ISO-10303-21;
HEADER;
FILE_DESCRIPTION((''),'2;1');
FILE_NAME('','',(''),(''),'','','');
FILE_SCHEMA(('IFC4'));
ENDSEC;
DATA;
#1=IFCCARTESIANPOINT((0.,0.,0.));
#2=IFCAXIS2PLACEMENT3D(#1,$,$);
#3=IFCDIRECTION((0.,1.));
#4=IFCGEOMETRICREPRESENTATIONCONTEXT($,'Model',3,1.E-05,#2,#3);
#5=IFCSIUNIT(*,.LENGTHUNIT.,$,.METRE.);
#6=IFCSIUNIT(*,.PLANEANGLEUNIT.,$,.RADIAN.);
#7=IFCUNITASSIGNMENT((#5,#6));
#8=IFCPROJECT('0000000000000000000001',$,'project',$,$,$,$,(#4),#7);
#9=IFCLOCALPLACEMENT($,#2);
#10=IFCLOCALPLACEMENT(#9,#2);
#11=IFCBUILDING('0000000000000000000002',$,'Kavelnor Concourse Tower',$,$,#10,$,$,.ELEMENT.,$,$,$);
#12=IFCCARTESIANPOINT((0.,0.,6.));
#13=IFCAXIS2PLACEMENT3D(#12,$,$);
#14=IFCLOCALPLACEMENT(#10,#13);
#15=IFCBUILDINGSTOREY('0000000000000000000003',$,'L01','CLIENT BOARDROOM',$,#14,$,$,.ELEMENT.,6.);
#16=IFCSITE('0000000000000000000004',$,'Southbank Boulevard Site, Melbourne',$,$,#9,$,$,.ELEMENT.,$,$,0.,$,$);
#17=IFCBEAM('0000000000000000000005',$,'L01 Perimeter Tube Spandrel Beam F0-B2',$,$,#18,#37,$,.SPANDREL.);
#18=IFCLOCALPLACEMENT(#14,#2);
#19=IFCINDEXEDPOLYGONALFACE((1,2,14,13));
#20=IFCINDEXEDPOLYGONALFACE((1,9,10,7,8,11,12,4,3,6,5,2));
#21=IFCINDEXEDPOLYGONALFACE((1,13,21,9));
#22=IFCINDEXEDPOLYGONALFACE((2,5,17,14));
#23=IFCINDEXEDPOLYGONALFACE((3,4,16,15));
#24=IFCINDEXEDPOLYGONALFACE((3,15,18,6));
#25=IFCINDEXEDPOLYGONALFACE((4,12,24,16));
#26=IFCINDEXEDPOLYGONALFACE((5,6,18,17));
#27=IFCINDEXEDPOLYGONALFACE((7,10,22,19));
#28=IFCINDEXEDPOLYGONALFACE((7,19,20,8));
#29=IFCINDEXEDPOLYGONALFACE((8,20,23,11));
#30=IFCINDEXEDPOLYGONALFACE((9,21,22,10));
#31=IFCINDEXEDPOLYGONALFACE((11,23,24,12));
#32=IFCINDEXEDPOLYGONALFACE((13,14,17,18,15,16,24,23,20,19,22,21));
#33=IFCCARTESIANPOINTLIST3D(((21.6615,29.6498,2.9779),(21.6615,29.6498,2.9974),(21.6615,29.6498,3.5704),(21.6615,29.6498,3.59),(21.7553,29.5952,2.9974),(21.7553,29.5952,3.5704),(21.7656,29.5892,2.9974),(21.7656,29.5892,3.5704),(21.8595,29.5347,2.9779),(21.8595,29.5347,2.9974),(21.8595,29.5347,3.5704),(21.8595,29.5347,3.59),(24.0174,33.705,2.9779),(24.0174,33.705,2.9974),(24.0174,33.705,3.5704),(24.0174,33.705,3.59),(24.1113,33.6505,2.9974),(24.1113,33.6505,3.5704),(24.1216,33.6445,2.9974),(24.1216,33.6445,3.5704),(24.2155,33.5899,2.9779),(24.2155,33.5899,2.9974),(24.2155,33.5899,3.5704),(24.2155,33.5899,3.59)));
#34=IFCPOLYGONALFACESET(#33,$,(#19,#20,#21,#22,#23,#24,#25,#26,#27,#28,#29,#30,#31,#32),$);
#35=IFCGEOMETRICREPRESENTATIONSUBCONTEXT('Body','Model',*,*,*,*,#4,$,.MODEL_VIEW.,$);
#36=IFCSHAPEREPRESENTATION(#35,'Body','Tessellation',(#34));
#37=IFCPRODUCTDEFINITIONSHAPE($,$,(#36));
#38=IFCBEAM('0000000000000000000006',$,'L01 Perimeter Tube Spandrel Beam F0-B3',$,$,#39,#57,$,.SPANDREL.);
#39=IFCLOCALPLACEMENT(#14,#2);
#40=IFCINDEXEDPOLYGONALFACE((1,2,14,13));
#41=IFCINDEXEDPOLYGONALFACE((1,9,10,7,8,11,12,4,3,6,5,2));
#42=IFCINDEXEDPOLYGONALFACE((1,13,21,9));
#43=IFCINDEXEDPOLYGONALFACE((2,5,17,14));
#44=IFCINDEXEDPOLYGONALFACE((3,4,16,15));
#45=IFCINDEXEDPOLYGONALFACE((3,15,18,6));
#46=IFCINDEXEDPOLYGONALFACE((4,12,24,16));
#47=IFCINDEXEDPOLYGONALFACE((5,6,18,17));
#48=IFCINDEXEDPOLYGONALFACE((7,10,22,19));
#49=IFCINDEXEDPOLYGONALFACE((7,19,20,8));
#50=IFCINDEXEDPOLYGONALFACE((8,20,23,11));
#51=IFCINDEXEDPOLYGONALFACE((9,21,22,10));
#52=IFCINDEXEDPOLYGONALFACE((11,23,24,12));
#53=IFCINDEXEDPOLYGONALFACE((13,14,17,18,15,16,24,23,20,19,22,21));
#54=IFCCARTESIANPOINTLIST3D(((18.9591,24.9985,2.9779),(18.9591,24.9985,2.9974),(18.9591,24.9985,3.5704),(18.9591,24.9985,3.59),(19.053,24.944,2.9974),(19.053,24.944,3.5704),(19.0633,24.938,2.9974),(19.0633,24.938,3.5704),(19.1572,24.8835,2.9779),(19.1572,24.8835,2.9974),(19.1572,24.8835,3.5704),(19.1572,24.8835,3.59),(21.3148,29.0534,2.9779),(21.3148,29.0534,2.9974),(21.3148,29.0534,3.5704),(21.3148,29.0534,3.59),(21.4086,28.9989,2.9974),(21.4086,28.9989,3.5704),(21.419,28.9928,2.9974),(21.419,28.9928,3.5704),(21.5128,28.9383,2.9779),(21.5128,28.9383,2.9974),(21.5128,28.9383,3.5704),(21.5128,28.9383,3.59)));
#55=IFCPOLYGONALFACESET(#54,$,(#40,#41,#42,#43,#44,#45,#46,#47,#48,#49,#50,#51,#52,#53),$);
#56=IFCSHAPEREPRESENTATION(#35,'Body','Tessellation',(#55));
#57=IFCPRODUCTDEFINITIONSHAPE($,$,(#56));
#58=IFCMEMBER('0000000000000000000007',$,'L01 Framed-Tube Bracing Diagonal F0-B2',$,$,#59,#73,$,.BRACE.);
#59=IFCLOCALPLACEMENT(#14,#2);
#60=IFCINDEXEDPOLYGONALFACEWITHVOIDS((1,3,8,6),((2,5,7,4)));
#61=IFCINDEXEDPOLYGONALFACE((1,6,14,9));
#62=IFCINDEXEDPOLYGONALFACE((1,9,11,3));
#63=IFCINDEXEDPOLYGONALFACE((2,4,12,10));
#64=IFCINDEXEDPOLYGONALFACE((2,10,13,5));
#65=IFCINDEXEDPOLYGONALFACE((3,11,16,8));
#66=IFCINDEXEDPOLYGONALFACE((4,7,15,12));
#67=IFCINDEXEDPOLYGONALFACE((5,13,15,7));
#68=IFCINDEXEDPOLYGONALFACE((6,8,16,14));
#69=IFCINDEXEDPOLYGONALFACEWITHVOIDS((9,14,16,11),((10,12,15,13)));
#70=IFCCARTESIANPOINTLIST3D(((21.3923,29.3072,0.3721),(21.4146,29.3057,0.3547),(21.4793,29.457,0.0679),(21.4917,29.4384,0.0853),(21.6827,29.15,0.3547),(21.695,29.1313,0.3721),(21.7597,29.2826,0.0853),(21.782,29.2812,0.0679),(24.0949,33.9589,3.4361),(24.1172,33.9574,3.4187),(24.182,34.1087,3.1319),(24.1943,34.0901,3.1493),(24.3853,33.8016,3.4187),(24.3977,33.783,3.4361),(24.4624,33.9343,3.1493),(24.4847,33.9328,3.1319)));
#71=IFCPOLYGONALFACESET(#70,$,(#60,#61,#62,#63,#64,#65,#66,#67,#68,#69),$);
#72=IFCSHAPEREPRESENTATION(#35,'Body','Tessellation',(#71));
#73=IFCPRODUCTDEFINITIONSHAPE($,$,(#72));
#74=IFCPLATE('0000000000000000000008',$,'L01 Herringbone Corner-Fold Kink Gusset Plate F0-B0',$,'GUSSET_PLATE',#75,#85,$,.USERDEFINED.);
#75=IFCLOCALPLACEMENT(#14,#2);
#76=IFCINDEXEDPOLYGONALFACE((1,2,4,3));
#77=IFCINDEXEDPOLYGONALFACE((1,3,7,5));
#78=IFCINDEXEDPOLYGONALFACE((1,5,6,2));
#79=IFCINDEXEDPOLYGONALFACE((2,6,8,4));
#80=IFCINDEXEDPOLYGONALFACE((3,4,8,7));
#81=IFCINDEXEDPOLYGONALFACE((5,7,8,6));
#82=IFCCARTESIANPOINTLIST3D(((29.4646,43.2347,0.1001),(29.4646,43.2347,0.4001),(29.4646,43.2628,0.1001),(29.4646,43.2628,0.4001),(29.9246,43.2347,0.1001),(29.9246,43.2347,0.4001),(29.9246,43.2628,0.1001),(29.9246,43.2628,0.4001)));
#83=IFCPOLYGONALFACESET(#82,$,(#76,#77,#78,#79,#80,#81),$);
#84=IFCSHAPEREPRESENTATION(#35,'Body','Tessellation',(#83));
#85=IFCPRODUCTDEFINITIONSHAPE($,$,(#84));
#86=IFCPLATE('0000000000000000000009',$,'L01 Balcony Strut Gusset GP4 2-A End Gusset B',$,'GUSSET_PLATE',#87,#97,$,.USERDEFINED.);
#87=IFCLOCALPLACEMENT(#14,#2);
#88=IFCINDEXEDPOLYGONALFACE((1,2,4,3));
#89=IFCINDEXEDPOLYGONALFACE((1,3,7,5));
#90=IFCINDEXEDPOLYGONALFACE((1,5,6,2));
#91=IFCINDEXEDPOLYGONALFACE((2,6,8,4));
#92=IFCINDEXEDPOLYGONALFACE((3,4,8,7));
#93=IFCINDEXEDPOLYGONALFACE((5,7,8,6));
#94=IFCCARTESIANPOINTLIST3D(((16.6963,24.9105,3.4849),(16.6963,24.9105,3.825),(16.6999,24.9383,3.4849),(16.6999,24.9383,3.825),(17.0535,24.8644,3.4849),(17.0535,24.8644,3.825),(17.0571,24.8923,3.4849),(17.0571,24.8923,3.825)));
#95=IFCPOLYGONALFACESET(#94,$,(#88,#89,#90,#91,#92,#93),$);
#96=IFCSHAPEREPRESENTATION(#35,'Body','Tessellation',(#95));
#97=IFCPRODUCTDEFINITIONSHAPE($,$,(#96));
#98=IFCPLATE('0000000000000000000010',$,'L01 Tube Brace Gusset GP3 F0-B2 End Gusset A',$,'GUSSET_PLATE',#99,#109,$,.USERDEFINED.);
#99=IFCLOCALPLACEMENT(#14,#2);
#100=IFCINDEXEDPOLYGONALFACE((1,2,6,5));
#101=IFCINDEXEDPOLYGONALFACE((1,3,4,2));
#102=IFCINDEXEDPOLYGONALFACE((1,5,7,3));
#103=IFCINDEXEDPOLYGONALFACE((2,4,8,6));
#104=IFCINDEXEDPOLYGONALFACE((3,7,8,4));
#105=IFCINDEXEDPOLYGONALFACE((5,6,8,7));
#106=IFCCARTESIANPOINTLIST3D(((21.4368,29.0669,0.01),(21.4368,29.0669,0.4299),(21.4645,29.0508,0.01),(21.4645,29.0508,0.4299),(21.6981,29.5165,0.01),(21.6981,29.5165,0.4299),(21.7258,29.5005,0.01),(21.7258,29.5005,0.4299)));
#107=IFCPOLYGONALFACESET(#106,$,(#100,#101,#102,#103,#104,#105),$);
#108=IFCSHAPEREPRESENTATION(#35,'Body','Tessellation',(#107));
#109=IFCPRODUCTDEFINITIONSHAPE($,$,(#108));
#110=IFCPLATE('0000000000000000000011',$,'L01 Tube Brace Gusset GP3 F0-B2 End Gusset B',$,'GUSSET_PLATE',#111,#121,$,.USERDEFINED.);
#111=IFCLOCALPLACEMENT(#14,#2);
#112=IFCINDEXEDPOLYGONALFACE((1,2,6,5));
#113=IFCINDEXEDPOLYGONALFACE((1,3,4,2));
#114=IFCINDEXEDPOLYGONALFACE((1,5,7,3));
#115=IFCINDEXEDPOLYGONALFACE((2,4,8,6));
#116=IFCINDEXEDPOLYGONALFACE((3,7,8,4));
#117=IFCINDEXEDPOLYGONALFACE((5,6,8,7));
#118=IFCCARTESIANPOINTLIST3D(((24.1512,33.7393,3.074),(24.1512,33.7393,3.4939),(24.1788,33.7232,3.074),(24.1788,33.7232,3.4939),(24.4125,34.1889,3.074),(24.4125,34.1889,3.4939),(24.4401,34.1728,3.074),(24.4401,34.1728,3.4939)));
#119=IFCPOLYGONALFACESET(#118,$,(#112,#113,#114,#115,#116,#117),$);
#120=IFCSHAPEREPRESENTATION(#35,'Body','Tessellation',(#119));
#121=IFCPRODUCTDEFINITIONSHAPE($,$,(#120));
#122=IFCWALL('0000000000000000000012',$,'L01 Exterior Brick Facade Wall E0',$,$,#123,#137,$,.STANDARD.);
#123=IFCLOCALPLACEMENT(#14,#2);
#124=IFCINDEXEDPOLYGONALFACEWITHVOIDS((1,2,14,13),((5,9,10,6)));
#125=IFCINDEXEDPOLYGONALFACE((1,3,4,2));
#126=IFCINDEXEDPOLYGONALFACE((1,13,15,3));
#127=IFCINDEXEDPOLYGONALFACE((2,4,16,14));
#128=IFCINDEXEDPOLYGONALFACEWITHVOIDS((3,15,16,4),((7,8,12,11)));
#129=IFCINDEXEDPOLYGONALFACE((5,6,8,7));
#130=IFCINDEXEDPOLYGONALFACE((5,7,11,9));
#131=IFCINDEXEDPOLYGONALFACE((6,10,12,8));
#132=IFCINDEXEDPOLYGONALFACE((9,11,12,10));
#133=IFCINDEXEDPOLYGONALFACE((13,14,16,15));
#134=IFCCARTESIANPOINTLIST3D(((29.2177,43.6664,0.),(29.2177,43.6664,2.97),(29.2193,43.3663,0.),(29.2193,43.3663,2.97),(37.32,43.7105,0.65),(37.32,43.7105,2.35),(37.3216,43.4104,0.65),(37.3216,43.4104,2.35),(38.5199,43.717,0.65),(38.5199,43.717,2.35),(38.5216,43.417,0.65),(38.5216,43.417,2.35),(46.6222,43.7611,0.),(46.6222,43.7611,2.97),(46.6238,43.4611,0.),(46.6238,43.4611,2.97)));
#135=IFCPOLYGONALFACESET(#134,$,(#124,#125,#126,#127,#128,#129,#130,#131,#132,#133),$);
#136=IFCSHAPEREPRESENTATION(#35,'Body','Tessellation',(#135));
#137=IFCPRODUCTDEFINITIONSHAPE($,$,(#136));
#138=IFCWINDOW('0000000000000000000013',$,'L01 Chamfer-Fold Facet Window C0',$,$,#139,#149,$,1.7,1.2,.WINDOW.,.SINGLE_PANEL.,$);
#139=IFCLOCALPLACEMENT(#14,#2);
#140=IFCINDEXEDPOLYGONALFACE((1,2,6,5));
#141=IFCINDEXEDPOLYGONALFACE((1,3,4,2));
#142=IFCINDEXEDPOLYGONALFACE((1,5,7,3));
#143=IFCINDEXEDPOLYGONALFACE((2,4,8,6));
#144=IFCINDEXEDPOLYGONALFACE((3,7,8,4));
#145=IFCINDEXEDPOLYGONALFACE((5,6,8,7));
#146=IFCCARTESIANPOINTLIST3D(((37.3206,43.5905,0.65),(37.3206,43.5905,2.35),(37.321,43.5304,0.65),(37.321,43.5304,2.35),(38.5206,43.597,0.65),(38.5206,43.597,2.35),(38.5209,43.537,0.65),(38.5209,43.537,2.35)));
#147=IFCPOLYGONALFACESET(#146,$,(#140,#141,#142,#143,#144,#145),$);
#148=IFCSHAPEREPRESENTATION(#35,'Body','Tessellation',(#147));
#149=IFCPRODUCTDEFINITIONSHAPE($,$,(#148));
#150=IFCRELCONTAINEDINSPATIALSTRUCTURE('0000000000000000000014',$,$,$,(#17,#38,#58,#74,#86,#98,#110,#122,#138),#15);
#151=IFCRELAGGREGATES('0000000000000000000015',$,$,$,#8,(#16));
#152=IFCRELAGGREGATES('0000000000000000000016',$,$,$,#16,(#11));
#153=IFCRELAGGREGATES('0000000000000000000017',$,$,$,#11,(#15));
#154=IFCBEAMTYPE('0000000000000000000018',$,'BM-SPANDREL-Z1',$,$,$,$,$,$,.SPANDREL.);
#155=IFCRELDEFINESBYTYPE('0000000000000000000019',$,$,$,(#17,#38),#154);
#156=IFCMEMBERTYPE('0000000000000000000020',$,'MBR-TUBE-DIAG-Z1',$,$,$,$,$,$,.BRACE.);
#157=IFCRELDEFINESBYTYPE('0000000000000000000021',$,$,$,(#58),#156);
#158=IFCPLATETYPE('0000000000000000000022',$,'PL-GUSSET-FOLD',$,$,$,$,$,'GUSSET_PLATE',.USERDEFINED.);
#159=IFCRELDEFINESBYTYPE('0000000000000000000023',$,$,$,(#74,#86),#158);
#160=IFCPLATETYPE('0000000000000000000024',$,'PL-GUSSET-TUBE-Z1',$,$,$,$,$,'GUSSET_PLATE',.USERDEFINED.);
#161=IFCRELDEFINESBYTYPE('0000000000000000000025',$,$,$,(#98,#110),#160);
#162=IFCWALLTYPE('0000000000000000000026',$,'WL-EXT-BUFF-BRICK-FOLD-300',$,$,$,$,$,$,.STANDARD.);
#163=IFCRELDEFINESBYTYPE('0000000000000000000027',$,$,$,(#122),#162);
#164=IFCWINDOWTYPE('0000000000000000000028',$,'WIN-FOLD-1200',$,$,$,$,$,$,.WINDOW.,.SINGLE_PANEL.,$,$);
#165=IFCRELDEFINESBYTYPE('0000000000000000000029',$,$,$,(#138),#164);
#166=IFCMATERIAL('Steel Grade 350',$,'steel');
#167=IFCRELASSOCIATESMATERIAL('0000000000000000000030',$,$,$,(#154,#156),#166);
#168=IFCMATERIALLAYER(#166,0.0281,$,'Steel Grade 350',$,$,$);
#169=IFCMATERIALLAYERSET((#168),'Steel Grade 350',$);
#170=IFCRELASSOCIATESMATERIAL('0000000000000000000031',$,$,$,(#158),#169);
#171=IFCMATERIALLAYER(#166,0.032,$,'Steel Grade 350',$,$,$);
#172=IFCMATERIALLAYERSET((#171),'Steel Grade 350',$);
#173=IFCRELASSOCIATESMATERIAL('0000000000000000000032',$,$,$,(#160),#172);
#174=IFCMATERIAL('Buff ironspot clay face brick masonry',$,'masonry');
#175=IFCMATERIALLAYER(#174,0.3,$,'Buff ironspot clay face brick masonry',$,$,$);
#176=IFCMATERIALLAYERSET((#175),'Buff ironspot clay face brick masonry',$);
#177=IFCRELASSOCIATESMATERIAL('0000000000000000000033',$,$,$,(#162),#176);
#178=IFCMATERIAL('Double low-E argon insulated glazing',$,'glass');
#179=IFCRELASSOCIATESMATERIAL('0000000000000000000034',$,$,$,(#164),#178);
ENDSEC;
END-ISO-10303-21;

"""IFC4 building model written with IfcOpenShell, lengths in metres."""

from ifc_helpers import new_model, si_unit, direction, frame, frame_2d, origin, origin_2d, place, context, subcontext, project, spatial, rectangle, hollow_rectangle, i_section, extrude, material, layer, layer_set, material_profile, profile_set, type_object, element, fill, save


model = new_model("IFC4")

# Units and contexts
model_context = context("Model", 3, precision=1e-05, world=origin(), true_north=direction((0.0, 1.0)))
body_context = subcontext(model_context, "Body", "Model", "MODEL_VIEW")
ifc_project = project(units=[si_unit("LENGTHUNIT", "METRE"), si_unit("PLANEANGLEUNIT", "RADIAN")], contexts=[model_context])

# Site, building, storey
site_placement = place(None, origin())
site = spatial("IfcSite", under=ifc_project, at=site_placement, Name="Southbank Boulevard Site, Melbourne", CompositionType="ELEMENT", RefElevation=0.0)
building_placement = place(site_placement, origin())
building = spatial("IfcBuilding", under=site, at=building_placement, Name="Kavelnor Concourse Tower", CompositionType="ELEMENT")
storey_placement = place(building_placement, frame((0.0, 0.0, 6.0)))
storey = spatial("IfcBuildingStorey", under=building, at=storey_placement, Name="L01", Description="CLIENT BOARDROOM", CompositionType="ELEMENT", Elevation=6.0)

# Shared definitions
ifc_material_1 = material(Name="Steel Grade 350", Category="steel")

# Beams
ifc_material_profile_1 = material_profile(ifc_material_1, i_section(OverallWidth=0.229, OverallDepth=0.6121, WebThickness=0.012, FlangeThickness=0.0195, at=origin_2d()), Name="610UB125")
ifc_profile_set_1 = profile_set([ifc_material_profile_1], Name="Steel Grade 350")
beam_type_1 = type_object("IfcBeamType", Name="BM-SPANDREL-Z1", PredefinedType="SPANDREL", material=ifc_profile_set_1)
for number, where, z_axis, x_axis, name in (
    (1, (24.1165, 33.6475, 3.2839), (-0.502349, -0.864665, 0.0), (0.864665, -0.502349, 0.0), "L01 Perimeter Tube Spandrel Beam F0-B2"),
):
    element("IfcBeam", number, at=place(storey_placement, frame(where, z_axis=z_axis, x_axis=x_axis)), inside=storey, type_object=beam_type_1, Name=name, PredefinedType="SPANDREL", context=body_context, shape_type="SweptSolid", body=[
        extrude(i_section(OverallWidth=0.229, OverallDepth=0.6121, WebThickness=0.012, FlangeThickness=0.0195, at=origin_2d()), origin(), (0.0, 0.0, 1.0), 4.6899),
    ])
beam_1_placement = place(storey_placement, frame((21.4138, 28.9958, 3.2839), z_axis=(-0.502333, -0.864674, 0.0), x_axis=(0.864674, -0.502333, 0.0)))
element("IfcBeam", 2, at=beam_1_placement, inside=storey, type_object=beam_type_1, Name="L01 Perimeter Tube Spandrel Beam F0-B3", PredefinedType="SPANDREL", context=body_context, shape_type="SweptSolid", body=[
    extrude(i_section(OverallWidth=0.229, OverallDepth=0.6121, WebThickness=0.012, FlangeThickness=0.0195, at=origin_2d()), origin(), (0.0, 0.0, 1.0), 4.6895),
])

# Member
ifc_material_profile_2 = material_profile(ifc_material_1, hollow_rectangle(XDim=0.3501, YDim=0.3501, WallThickness=0.02, at=origin_2d()), Name="SHS 350x350x20")
ifc_profile_set_2 = profile_set([ifc_material_profile_2], Name="Steel Grade 350")
member_type = type_object("IfcMemberType", Name="MBR-TUBE-DIAG-Z1", PredefinedType="BRACE", material=ifc_profile_set_2)
member_placement = place(storey_placement, frame((21.5872, 29.2942, 0.22), z_axis=(0.436536, 0.751339, 0.494899), x_axis=(-0.864652, 0.502372, 0.0)))
element("IfcMember", 3, at=member_placement, inside=storey, type_object=member_type, Name="L01 Framed-Tube Bracing Diagonal F0-B2", PredefinedType="BRACE", context=body_context, shape_type="SweptSolid", body=[
    extrude(hollow_rectangle(XDim=0.3501, YDim=0.3501, WallThickness=0.02, at=origin_2d()), origin(), (0.0, 0.0, 1.0), 6.1912),
])

# Plates
ifc_layer_1 = layer(ifc_material_1, 0.0281, Name="Steel Grade 350")
ifc_layer_set_1 = layer_set([ifc_layer_1], Name="Steel Grade 350")
plate_type_1 = type_object("IfcPlateType", Name="PL-GUSSET-FOLD", ElementType="GUSSET_PLATE", PredefinedType="USERDEFINED", material=ifc_layer_set_1)
plate_1_placement = place(storey_placement, frame((29.6946, 43.2488, 0.1001), z_axis=(0.0, 0.0, 1.0), x_axis=(1.0, 0.0, 0.0)))
element("IfcPlate", 4, at=plate_1_placement, inside=storey, type_object=plate_type_1, Name="L01 Herringbone Corner-Fold Kink Gusset Plate F0-B0", ObjectType="GUSSET_PLATE", PredefinedType="USERDEFINED", context=body_context, shape_type="SweptSolid", body=[
    extrude(rectangle(XDim=0.46, YDim=0.0281, at=origin_2d()), origin(), (0.0, 0.0, 1.0), 0.3),
])
plate_2_placement = place(storey_placement, frame((16.8767, 24.9014, 3.4849), z_axis=(0.0, 0.0, 1.0), x_axis=(-0.991783, 0.12793, 0.0)))
element("IfcPlate", 5, at=plate_2_placement, inside=storey, type_object=plate_type_1, Name="L01 Balcony Strut Gusset GP4 2-A End Gusset B", ObjectType="GUSSET_PLATE", PredefinedType="USERDEFINED", context=body_context, shape_type="SweptSolid", body=[
    extrude(rectangle(XDim=0.3601, YDim=0.0281, at=origin_2d()), origin(), (0.0, 0.0, 1.0), 0.3401),
])
ifc_layer_2 = layer(ifc_material_1, 0.032, Name="Steel Grade 350")
ifc_layer_set_2 = layer_set([ifc_layer_2], Name="Steel Grade 350")
plate_type_2 = type_object("IfcPlateType", Name="PL-GUSSET-TUBE-Z1", ElementType="GUSSET_PLATE", PredefinedType="USERDEFINED", material=ifc_layer_set_2)
for number, where, z_axis, x_axis, name in (
    (6, (21.5813, 29.2837, 0.01), (0.0, 0.0, 1.0), (0.502416, 0.864626, 0.0), "L01 Tube Brace Gusset GP3 F0-B2 End Gusset A"),
    (7, (24.2957, 33.9561, 3.074), (0.0, 0.0, 1.0), (0.502416, 0.864626, 0.0), "L01 Tube Brace Gusset GP3 F0-B2 End Gusset B"),
):
    element("IfcPlate", number, at=place(storey_placement, frame(where, z_axis=z_axis, x_axis=x_axis)), inside=storey, type_object=plate_type_2, Name=name, ObjectType="GUSSET_PLATE", PredefinedType="USERDEFINED", context=body_context, shape_type="SweptSolid", body=[
        extrude(rectangle(XDim=0.52, YDim=0.032, at=origin_2d()), origin(), (0.0, 0.0, 1.0), 0.4199),
    ])

# Wall, opening, window
ifc_material_2 = material(Name="Buff ironspot clay face brick masonry", Category="masonry")
ifc_layer_3 = layer(ifc_material_2, 0.3, Name="Buff ironspot clay face brick masonry")
ifc_layer_set_3 = layer_set([ifc_layer_3], Name="Buff ironspot clay face brick masonry")
wall_type_1 = type_object("IfcWallType", Name="WL-EXT-BUFF-BRICK-FOLD-300", PredefinedType="STANDARD", material=ifc_layer_set_3)
wall_1_placement = place(storey_placement, frame((29.2185, 43.5164, 0.0), z_axis=(0.0, 0.0, 1.0), x_axis=(0.999985, 0.005443, 0.0)))
wall_1 = element("IfcWall", 8, at=wall_1_placement, inside=storey, type_object=wall_type_1, Name="L01 Exterior Brick Facade Wall E0", PredefinedType="STANDARD", context=body_context, shape_type="SweptSolid", body=[
    extrude(rectangle(XDim=17.4048, YDim=0.3, at=frame_2d((8.7024, 0.0))), origin(), (0.0, 0.0, 1.0), 2.97),
])
opening_1_placement = place(wall_1_placement, frame((8.1023, 0.0, 0.6499)))
opening_1 = element("IfcOpeningElement", 9, at=opening_1_placement, cuts=wall_1, PredefinedType="OPENING", context=body_context, shape_type="SweptSolid", body=[
    extrude(rectangle(XDim=1.2, YDim=1.7, at=frame_2d((0.6001, 0.8501))), frame((0.0, 0.1602, 0.0), z_axis=(0.0, -1.0, 0.0), x_axis=(1.0, 0.0, 0.0)), (0.0, 0.0, 1.0), 0.3201),
])
ifc_material_3 = material(Name="Double low-E argon insulated glazing", Category="glass")
window_type = type_object("IfcWindowType", Name="WIN-FOLD-1200", PartitioningType="SINGLE_PANEL", PredefinedType="WINDOW", material=ifc_material_3)
window_placement = place(opening_1_placement, origin())
window = element("IfcWindow", 10, at=window_placement, inside=storey, type_object=window_type, Name="L01 Chamfer-Fold Facet Window C0", OverallHeight=1.7, OverallWidth=1.2, PartitioningType="SINGLE_PANEL", PredefinedType="WINDOW", context=body_context, shape_type="SweptSolid", body=[
    extrude(rectangle(XDim=1.2, YDim=1.7, at=frame_2d((0.6001, 0.8501))), frame((0.0, 0.03, 0.0), z_axis=(0.0, -1.0, 0.0), x_axis=(1.0, 0.0, 0.0)), (0.0, 0.0, 1.0), 0.0601),
])
fill(opening_1, window)

save(model, "model.ifc")
